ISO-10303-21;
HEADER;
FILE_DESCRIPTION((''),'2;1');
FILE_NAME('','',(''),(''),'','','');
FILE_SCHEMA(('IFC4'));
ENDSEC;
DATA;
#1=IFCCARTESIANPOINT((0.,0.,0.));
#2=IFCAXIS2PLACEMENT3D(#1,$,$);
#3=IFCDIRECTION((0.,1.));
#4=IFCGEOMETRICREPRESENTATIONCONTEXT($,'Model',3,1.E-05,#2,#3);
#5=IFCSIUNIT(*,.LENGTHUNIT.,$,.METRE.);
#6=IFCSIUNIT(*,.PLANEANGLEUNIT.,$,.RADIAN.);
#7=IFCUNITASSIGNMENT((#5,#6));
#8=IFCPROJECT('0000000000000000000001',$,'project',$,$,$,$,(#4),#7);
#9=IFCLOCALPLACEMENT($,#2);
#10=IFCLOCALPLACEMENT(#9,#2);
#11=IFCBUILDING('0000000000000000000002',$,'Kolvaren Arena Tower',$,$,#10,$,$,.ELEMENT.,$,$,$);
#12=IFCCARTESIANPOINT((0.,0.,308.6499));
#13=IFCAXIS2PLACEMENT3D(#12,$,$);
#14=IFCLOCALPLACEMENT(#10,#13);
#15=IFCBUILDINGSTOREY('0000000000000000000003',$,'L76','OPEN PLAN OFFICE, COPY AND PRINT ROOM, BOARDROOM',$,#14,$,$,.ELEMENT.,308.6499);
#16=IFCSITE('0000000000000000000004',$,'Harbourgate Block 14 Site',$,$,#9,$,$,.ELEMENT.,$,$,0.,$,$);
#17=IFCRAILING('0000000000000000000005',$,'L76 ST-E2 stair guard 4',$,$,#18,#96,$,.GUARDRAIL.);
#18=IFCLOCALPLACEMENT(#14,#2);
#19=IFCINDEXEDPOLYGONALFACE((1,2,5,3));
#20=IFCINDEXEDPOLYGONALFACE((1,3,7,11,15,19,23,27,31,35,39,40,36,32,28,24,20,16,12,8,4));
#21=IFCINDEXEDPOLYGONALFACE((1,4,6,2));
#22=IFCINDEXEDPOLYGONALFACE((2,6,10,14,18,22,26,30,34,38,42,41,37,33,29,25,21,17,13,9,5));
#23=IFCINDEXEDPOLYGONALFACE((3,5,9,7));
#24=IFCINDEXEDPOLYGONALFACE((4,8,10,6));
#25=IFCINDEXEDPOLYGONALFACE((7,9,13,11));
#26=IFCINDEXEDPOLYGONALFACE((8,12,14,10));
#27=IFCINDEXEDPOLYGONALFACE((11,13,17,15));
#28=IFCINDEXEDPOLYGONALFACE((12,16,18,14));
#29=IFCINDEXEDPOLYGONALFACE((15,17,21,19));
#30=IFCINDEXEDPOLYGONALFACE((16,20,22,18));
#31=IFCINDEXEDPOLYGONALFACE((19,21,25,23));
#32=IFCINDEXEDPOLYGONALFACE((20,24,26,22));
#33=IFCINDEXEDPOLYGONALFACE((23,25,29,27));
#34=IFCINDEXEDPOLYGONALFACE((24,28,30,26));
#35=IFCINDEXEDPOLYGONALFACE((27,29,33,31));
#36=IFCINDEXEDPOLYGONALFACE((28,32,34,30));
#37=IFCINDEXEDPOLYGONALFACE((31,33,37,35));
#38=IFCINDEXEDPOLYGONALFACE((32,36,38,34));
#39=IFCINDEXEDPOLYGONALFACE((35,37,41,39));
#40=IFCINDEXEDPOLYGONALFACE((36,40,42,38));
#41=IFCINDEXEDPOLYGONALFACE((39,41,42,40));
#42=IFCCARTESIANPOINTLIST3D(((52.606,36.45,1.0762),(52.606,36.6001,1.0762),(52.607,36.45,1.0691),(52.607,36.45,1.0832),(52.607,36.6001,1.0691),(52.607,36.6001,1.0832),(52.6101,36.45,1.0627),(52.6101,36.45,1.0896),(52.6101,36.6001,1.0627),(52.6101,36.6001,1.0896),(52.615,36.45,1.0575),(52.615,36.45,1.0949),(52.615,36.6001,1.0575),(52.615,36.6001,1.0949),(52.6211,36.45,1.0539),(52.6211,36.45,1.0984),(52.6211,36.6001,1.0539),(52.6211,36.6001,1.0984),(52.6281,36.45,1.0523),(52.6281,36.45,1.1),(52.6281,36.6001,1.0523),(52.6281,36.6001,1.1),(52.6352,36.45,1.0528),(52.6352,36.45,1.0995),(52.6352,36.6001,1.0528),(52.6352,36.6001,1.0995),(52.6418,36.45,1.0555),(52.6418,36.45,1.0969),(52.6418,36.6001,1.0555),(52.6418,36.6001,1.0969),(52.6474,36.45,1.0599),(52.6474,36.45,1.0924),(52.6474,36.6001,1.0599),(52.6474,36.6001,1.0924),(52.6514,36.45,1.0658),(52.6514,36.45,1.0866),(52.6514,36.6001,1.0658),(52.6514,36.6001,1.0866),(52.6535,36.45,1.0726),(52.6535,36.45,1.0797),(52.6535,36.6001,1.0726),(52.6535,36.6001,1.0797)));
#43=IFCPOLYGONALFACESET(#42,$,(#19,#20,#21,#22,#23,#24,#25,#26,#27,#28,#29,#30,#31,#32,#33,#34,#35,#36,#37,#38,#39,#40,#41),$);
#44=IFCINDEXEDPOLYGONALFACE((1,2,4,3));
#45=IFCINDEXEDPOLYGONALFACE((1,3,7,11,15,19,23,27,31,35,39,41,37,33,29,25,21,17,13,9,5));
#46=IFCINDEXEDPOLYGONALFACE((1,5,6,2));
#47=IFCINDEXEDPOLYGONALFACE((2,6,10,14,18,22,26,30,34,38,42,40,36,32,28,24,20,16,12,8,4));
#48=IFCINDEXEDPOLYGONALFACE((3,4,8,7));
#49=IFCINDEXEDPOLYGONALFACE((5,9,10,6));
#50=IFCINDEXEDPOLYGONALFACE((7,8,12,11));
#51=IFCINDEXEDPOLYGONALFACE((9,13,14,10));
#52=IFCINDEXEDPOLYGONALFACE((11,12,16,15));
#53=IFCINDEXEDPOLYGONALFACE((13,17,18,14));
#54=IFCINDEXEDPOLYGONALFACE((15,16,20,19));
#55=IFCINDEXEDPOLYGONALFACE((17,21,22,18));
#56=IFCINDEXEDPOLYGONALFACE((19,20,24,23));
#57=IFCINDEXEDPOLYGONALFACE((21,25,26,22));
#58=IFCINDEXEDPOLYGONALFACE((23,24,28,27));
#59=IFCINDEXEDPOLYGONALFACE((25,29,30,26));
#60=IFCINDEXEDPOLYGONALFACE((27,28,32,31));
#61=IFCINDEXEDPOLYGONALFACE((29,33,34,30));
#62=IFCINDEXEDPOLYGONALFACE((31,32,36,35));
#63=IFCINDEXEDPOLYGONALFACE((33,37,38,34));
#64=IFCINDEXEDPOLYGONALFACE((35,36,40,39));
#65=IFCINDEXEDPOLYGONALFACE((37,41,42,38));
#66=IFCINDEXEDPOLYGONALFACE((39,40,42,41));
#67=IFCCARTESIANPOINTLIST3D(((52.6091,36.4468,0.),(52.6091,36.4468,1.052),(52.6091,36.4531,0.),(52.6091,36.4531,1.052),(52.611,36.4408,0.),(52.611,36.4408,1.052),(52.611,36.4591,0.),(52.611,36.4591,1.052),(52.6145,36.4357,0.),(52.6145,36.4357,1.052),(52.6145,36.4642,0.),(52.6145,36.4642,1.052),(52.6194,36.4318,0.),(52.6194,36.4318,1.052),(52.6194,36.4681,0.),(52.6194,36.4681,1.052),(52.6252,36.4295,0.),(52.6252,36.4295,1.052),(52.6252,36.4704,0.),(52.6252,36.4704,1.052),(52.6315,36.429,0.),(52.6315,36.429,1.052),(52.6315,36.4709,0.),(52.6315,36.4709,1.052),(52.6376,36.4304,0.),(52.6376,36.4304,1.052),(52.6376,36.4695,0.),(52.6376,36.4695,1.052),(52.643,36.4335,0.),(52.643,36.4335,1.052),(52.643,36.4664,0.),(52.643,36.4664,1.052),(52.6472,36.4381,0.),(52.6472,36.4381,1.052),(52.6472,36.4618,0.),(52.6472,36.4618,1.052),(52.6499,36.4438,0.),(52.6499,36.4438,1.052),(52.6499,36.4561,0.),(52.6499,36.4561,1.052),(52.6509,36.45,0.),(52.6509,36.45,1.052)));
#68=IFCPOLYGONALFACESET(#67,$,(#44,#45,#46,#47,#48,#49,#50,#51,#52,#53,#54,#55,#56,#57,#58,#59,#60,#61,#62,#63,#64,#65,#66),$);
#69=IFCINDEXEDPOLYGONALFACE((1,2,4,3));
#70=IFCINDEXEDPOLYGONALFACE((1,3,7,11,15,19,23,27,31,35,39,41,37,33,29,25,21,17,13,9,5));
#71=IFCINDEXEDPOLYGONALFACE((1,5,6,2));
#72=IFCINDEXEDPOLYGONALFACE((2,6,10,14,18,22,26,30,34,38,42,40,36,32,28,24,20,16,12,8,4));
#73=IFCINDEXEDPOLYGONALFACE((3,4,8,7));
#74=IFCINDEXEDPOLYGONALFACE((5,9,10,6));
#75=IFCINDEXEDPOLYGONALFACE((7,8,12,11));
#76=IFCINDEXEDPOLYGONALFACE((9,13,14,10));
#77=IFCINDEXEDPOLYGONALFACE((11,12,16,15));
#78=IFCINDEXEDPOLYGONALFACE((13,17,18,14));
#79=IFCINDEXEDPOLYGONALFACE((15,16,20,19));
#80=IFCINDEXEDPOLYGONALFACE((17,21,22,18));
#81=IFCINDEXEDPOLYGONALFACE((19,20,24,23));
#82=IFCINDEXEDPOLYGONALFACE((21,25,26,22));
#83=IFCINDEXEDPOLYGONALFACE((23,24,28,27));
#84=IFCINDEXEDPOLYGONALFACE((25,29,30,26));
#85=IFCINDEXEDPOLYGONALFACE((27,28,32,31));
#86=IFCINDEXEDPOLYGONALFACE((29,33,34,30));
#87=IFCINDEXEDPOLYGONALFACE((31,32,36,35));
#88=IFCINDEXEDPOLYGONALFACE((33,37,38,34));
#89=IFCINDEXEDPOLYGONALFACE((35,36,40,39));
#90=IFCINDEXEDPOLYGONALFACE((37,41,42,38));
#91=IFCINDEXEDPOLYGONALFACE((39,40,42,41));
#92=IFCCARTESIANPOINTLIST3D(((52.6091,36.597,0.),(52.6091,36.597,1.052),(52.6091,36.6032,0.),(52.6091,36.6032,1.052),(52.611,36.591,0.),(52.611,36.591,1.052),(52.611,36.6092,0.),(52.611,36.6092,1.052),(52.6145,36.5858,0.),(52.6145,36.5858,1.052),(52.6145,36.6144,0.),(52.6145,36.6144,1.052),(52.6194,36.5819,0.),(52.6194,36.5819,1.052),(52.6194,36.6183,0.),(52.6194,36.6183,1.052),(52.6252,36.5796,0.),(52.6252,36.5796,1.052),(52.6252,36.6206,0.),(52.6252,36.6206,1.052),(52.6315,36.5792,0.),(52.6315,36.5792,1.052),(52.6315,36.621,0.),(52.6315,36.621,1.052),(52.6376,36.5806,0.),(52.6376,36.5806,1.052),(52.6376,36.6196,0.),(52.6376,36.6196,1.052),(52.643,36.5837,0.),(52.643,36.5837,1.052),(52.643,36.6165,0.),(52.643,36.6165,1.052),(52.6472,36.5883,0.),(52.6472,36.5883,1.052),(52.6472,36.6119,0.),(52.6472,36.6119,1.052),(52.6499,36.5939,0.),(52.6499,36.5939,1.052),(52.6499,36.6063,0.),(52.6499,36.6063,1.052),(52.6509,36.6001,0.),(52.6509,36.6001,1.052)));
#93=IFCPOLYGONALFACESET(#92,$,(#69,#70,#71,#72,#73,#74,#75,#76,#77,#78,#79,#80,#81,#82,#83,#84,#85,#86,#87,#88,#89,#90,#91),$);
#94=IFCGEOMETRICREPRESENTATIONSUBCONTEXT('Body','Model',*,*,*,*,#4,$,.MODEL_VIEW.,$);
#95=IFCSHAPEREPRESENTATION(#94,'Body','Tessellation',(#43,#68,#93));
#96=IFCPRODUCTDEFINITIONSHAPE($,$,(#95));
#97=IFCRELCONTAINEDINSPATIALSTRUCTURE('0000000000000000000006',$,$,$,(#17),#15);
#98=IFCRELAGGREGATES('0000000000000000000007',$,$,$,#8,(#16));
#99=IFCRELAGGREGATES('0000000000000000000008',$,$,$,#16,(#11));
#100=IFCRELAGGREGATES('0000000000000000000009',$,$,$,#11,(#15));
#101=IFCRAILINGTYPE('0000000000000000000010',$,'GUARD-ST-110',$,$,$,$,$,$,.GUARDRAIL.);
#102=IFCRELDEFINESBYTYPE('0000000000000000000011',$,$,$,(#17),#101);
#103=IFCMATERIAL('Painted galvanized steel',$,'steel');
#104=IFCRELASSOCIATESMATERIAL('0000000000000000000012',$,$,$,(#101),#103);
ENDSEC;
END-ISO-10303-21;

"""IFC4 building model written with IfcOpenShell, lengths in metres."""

from ifc_helpers import new_model, si_unit, direction, frame, origin, origin_2d, place, context, subcontext, project, spatial, circle, extrude, material, type_object, element, save


model = new_model("IFC4")

# Units and contexts
model_context = context("Model", 3, precision=1e-05, world=origin(), true_north=direction((0.0, 1.0)))
body_context = subcontext(model_context, "Body", "Model", "MODEL_VIEW")
ifc_project = project(units=[si_unit("LENGTHUNIT", "METRE"), si_unit("PLANEANGLEUNIT", "RADIAN")], contexts=[model_context])

# Site, building, storey
site_placement = place(None, origin())
site = spatial("IfcSite", under=ifc_project, at=site_placement, Name="Harbourgate Block 14 Site", CompositionType="ELEMENT", RefElevation=0.0)
building_placement = place(site_placement, origin())
building = spatial("IfcBuilding", under=site, at=building_placement, Name="Kolvaren Arena Tower", CompositionType="ELEMENT")
storey_placement = place(building_placement, frame((0.0, 0.0, 308.6499)))
storey = spatial("IfcBuildingStorey", under=building, at=storey_placement, Name="L76", Description="OPEN PLAN OFFICE, COPY AND PRINT ROOM, BOARDROOM", CompositionType="ELEMENT", Elevation=308.6499)

# Railing
ifc_material_1 = material(Name="Painted galvanized steel", Category="steel")
railing_type_1 = type_object("IfcRailingType", Name="GUARD-ST-110", PredefinedType="GUARDRAIL", material=ifc_material_1)
railing_1_placement = place(storey_placement, frame((52.6299, 36.45, 0.0)))
element("IfcRailing", 1, at=railing_1_placement, inside=storey, type_object=railing_type_1, Name="L76 ST-E2 stair guard 4", PredefinedType="GUARDRAIL", context=body_context, shape_type="SweptSolid", body=[
    extrude(circle(Radius=0.0239, at=origin_2d()), frame((0.0, 0.0, 1.0762), z_axis=(0.0, 1.0, 0.0), x_axis=(-1.0, 0.0, 0.0)), (0.0, 0.0, 1.0), 0.1501),
    extrude(circle(Radius=0.021, at=origin_2d()), origin(), (0.0, 0.0, 1.0), 1.052),
    extrude(circle(Radius=0.021, at=origin_2d()), frame((0.0, 0.1501, 0.0)), (0.0, 0.0, 1.0), 1.052),
])

save(model, "model.ifc")
